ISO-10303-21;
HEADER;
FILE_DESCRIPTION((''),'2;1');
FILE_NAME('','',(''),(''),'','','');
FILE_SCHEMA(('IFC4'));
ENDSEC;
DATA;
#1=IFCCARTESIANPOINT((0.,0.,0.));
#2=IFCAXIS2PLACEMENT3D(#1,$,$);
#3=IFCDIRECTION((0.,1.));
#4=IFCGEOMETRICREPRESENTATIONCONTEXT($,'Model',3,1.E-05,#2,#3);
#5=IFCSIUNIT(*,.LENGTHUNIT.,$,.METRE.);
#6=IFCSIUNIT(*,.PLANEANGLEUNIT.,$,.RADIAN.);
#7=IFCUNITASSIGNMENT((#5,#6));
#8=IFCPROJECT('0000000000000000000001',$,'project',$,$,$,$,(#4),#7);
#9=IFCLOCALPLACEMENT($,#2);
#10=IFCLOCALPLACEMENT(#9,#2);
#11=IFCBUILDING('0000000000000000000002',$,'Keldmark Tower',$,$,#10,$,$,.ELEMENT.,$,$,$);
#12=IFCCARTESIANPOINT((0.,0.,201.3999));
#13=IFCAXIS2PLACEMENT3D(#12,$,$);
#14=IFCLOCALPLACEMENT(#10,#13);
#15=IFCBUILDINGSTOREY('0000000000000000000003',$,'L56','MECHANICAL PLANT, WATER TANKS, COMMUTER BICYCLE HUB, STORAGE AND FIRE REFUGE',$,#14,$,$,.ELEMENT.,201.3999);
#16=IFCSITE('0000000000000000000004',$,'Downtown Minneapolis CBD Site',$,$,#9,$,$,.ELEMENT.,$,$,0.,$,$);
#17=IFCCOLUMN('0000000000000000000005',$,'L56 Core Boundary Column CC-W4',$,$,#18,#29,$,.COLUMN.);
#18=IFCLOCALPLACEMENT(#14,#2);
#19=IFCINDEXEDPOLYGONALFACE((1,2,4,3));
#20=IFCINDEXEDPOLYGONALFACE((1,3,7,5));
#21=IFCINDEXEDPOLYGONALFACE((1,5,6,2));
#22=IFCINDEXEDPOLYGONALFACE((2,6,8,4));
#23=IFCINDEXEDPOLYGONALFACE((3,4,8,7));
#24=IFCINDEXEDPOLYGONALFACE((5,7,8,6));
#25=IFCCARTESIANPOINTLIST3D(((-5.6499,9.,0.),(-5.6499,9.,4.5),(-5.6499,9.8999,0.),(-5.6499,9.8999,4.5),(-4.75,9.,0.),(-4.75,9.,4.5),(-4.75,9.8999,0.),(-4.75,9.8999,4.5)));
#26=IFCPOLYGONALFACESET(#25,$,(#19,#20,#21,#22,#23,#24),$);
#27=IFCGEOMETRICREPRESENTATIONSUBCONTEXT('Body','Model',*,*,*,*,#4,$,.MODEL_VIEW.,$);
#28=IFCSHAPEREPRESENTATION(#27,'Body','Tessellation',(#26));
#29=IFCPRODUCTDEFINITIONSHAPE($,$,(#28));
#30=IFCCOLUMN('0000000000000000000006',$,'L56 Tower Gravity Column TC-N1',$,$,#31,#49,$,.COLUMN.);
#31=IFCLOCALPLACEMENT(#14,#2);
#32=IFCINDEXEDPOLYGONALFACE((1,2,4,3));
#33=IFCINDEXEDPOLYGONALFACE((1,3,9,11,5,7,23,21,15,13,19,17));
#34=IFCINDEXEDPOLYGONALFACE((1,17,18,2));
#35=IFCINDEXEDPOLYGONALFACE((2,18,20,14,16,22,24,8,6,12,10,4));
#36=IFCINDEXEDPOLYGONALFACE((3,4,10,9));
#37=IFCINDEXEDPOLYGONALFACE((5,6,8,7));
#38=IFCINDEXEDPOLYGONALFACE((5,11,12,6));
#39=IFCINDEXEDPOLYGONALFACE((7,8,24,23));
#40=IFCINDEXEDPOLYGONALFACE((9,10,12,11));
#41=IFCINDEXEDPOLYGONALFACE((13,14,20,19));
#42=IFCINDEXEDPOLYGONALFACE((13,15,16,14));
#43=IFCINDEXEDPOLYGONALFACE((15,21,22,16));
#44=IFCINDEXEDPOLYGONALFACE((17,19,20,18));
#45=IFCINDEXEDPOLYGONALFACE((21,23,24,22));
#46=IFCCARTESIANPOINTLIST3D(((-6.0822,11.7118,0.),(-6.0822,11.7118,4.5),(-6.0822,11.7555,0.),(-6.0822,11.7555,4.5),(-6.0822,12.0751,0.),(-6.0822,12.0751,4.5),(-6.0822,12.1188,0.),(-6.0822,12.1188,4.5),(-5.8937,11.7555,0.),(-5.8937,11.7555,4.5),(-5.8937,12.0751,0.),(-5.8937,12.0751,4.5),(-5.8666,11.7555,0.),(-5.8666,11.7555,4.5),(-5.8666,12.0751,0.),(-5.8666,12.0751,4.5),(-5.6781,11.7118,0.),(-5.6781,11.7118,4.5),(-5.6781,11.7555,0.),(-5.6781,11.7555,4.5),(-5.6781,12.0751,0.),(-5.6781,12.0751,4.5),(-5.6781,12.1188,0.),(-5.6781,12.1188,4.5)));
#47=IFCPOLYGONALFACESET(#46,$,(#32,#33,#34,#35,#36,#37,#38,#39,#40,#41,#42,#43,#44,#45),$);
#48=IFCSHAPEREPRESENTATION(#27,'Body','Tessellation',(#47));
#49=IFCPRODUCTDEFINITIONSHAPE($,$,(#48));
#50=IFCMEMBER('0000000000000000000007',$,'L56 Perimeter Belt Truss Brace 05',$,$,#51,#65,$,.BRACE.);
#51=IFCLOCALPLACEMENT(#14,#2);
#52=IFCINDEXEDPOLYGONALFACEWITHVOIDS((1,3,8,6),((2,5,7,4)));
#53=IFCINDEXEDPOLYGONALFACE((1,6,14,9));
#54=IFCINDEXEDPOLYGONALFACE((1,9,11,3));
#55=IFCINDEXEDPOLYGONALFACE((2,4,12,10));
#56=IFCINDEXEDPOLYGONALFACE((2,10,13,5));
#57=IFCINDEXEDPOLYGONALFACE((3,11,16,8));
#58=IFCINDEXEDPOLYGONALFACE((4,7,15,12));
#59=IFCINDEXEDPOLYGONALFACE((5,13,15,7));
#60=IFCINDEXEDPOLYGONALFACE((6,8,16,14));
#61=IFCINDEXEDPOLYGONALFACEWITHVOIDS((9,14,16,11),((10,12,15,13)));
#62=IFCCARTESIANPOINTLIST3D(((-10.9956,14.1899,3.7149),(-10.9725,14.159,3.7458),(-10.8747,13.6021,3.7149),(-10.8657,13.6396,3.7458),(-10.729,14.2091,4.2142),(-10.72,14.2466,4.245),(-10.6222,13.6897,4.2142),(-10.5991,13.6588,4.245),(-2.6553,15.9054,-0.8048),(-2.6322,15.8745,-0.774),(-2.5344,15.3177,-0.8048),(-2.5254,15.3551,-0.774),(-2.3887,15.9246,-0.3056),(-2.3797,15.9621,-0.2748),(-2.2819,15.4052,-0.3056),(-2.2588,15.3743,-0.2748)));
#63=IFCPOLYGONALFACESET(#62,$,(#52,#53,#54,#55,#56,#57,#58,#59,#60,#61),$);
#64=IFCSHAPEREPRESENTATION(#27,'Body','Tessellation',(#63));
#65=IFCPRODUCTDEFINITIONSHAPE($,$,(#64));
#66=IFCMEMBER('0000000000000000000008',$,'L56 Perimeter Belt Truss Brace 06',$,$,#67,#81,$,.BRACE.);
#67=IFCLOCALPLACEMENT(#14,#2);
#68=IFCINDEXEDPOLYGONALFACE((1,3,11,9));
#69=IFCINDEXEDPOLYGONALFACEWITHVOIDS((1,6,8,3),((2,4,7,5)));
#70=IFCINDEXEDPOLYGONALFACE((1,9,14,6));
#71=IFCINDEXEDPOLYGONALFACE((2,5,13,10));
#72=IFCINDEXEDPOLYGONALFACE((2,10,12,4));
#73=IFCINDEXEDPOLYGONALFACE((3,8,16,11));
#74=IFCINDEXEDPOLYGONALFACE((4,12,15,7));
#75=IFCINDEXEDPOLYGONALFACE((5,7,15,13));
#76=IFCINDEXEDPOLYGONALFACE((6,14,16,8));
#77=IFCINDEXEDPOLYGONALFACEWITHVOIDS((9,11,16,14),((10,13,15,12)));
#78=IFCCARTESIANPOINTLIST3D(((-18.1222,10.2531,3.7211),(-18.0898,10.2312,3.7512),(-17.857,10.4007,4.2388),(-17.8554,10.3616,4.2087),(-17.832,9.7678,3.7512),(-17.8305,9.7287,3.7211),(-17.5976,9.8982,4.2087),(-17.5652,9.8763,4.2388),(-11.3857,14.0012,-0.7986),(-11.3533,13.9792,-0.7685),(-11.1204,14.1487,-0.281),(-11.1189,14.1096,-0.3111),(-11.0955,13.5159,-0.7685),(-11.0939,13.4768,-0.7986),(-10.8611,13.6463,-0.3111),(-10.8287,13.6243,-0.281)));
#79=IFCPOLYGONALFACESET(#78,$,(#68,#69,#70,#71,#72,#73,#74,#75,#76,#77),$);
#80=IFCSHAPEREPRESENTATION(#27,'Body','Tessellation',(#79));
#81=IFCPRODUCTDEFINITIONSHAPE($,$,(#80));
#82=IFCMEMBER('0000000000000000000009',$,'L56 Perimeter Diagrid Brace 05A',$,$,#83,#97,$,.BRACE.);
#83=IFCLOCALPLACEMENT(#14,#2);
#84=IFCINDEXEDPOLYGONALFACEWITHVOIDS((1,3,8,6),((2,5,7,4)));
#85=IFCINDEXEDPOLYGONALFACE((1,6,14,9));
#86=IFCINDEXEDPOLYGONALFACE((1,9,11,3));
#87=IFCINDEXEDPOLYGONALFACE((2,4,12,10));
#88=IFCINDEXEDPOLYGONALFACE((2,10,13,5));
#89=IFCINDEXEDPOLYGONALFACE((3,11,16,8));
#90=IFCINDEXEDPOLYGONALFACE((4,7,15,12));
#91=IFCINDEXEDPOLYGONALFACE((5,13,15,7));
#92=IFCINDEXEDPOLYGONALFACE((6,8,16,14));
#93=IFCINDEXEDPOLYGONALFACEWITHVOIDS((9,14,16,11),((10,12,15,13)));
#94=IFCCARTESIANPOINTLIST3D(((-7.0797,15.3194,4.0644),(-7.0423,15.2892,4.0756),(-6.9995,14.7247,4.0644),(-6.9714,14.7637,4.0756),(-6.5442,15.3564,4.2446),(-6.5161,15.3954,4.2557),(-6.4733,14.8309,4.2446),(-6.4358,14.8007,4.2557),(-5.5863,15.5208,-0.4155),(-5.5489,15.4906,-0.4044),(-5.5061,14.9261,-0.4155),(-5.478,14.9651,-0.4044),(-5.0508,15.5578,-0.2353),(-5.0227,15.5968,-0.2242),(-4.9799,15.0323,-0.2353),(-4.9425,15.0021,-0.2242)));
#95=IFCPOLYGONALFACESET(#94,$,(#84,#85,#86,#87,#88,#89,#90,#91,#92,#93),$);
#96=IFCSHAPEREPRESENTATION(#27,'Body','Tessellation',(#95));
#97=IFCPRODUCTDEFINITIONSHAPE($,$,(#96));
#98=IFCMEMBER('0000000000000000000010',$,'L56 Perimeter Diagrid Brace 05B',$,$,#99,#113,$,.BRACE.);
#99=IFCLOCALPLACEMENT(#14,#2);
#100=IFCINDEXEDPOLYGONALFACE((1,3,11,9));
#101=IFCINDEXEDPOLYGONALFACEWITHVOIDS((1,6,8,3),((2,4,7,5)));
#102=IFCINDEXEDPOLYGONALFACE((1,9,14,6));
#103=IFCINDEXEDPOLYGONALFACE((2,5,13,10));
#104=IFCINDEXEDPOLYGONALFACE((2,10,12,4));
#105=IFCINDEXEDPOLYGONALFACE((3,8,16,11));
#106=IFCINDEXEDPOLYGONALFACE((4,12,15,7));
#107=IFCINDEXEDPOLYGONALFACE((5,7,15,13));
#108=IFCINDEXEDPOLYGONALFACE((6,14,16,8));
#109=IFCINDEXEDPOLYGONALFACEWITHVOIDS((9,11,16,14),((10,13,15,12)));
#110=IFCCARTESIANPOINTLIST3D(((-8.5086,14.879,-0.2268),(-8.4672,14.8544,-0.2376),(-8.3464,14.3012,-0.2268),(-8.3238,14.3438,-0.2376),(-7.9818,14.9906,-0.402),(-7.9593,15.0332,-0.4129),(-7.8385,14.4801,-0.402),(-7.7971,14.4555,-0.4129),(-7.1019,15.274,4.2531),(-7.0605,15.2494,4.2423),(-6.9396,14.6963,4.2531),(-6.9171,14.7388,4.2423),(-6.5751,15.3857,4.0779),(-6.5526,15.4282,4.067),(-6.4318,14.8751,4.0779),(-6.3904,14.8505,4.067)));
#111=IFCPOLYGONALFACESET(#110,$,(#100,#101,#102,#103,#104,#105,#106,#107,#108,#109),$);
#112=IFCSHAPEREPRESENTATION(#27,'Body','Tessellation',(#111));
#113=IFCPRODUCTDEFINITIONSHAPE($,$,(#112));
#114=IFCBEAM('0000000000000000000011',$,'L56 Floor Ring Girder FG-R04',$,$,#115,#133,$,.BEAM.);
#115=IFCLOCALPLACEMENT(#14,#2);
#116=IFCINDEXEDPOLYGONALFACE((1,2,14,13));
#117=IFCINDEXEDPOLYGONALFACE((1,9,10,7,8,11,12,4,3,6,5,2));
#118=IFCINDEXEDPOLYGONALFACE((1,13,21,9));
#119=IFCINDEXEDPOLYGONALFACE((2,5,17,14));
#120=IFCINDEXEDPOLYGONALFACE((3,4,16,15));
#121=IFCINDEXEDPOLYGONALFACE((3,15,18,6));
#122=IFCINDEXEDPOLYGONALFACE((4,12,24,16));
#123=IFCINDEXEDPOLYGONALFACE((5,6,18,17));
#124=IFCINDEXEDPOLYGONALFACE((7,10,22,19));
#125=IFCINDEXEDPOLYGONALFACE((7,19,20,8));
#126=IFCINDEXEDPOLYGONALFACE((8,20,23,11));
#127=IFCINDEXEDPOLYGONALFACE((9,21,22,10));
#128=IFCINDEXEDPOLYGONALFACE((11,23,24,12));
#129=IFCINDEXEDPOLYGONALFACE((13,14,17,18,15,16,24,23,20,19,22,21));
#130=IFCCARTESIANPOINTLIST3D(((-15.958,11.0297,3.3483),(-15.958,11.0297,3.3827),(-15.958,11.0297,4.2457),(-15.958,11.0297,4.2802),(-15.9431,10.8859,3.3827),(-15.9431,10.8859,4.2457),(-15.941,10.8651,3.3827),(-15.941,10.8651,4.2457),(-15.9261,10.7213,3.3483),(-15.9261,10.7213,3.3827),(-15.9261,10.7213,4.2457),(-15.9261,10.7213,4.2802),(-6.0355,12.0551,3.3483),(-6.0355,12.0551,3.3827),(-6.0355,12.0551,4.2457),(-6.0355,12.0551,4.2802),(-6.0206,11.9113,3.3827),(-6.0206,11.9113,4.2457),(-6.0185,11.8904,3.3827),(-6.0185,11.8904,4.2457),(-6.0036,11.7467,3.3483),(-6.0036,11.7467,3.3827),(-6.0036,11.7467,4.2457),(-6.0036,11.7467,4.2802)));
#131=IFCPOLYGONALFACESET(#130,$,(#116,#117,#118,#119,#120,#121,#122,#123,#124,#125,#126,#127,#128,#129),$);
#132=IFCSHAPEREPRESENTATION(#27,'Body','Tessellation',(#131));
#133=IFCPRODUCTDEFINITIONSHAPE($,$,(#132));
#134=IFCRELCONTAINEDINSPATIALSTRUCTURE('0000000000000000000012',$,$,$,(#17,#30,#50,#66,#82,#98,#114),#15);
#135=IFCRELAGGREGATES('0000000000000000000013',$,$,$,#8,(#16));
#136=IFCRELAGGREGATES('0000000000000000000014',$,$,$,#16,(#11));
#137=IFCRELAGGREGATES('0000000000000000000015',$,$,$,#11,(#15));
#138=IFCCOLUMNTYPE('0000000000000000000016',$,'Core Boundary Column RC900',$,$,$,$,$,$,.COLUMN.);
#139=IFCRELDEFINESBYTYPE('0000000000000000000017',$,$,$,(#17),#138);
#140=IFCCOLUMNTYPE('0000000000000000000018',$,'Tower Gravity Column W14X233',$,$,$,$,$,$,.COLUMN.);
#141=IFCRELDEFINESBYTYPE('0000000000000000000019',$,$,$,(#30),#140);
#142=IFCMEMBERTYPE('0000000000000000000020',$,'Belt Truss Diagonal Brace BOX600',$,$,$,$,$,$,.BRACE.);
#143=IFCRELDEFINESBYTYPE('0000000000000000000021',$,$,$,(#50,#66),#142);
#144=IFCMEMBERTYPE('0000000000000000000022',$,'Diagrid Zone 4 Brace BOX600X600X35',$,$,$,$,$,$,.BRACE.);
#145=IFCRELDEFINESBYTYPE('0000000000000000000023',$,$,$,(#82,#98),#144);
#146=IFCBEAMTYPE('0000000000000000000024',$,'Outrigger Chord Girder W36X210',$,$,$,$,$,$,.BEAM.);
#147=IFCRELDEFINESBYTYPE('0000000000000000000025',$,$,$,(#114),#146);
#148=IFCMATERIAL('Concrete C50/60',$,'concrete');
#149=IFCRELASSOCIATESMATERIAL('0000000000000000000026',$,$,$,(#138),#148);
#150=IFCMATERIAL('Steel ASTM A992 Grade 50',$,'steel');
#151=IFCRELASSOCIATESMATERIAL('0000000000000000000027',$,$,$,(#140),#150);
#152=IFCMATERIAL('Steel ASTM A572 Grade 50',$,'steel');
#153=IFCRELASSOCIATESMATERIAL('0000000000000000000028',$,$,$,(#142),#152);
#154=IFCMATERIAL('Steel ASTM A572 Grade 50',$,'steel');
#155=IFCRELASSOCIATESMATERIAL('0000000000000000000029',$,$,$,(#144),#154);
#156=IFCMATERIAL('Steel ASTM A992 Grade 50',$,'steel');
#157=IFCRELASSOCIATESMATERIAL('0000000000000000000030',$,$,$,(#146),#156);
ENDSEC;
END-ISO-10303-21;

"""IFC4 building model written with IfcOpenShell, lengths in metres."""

from ifc_helpers import new_model, si_unit, direction, frame, origin, origin_2d, place, context, subcontext, project, spatial, rectangle, hollow_rectangle, i_section, extrude, material, material_profile, profile_set, type_object, element, save


model = new_model("IFC4")

# Units and contexts
model_context = context("Model", 3, precision=1e-05, world=origin(), true_north=direction((0.0, 1.0)))
body_context = subcontext(model_context, "Body", "Model", "MODEL_VIEW")
ifc_project = project(units=[si_unit("LENGTHUNIT", "METRE"), si_unit("PLANEANGLEUNIT", "RADIAN")], contexts=[model_context])

# Site, building, storey
site_placement = place(None, origin())
site = spatial("IfcSite", under=ifc_project, at=site_placement, Name="Downtown Minneapolis CBD Site", CompositionType="ELEMENT", RefElevation=0.0)
building_placement = place(site_placement, origin())
building = spatial("IfcBuilding", under=site, at=building_placement, Name="Keldmark Tower", CompositionType="ELEMENT")
storey_placement = place(building_placement, frame((0.0, 0.0, 201.3999)))
storey = spatial("IfcBuildingStorey", under=building, at=storey_placement, Name="L56", Description="MECHANICAL PLANT, WATER TANKS, COMMUTER BICYCLE HUB, STORAGE AND FIRE REFUGE", CompositionType="ELEMENT", Elevation=201.3999)

# Columns
ifc_material_1 = material(Name="Concrete C50/60", Category="concrete")
ifc_material_profile_1 = material_profile(ifc_material_1, rectangle(XDim=0.8999, YDim=0.8999, at=origin_2d()), Name="RC900X900")
ifc_profile_set_1 = profile_set([ifc_material_profile_1], Name="Concrete C50/60")
column_type_1 = type_object("IfcColumnType", Name="Core Boundary Column RC900", PredefinedType="COLUMN", material=ifc_profile_set_1)
column_1_placement = place(storey_placement, frame((-5.2, 9.45, 0.0), z_axis=(0.0, 0.0, 1.0), x_axis=(1.0, 0.0, 0.0)))
element("IfcColumn", 1, at=column_1_placement, inside=storey, type_object=column_type_1, Name="L56 Core Boundary Column CC-W4", PredefinedType="COLUMN", context=body_context, shape_type="SweptSolid", body=[
    extrude(rectangle(XDim=0.8999, YDim=0.8999, at=origin_2d()), origin(), (0.0, 0.0, 1.0), 4.5),
])
ifc_material_2 = material(Name="Steel ASTM A992 Grade 50", Category="steel")
ifc_material_profile_2 = material_profile(ifc_material_2, i_section(OverallWidth=0.4041, OverallDepth=0.407, WebThickness=0.0271, FlangeThickness=0.0437, at=origin_2d()), Name="W14X233")
ifc_profile_set_2 = profile_set([ifc_material_profile_2], Name="Steel ASTM A992 Grade 50")
column_type_2 = type_object("IfcColumnType", Name="Tower Gravity Column W14X233", PredefinedType="COLUMN", material=ifc_profile_set_2)
column_2_placement = place(storey_placement, frame((-5.8801, 11.9153, 0.0), z_axis=(0.0, 0.0, 1.0), x_axis=(1.0, 0.0, 0.0)))
element("IfcColumn", 2, at=column_2_placement, inside=storey, type_object=column_type_2, Name="L56 Tower Gravity Column TC-N1", PredefinedType="COLUMN", context=body_context, shape_type="SweptSolid", body=[
    extrude(i_section(OverallWidth=0.4041, OverallDepth=0.407, WebThickness=0.0271, FlangeThickness=0.0437, at=origin_2d()), origin(), (0.0, 0.0, 1.0), 4.5),
])

# Members
ifc_material_3 = material(Name="Steel ASTM A572 Grade 50", Category="steel")
ifc_material_profile_3 = material_profile(ifc_material_3, hollow_rectangle(XDim=0.6001, YDim=0.6001, WallThickness=0.0349, at=origin_2d()), Name="BOX600X600X35")
ifc_profile_set_3 = profile_set([ifc_material_profile_3], Name="Steel ASTM A572 Grade 50")
member_type_1 = type_object("IfcMemberType", Name="Belt Truss Diagonal Brace BOX600", PredefinedType="BRACE", material=ifc_profile_set_3)
member_1_placement = place(storey_placement, frame((-2.457, 15.6399, -0.5398), z_axis=(-0.865165, -0.177961, 0.468849), x_axis=(0.201478, -0.979493, 0.0)))
element("IfcMember", 3, at=member_1_placement, inside=storey, type_object=member_type_1, Name="L56 Perimeter Belt Truss Brace 05", PredefinedType="BRACE", context=body_context, shape_type="SweptSolid", body=[
    extrude(hollow_rectangle(XDim=0.6001, YDim=0.6001, WallThickness=0.0349, at=origin_2d()), origin(), (0.0, 0.0, 1.0), 9.6401),
])
member_2_placement = place(storey_placement, frame((-11.1072, 13.8127, -0.5398), z_axis=(-0.753843, -0.419418, 0.505776), x_axis=(0.486189, -0.873854, 0.0)))
element("IfcMember", 4, at=member_2_placement, inside=storey, type_object=member_type_1, Name="L56 Perimeter Belt Truss Brace 06", PredefinedType="BRACE", context=body_context, shape_type="SweptSolid", body=[
    extrude(hollow_rectangle(XDim=0.6001, YDim=0.6001, WallThickness=0.0349, at=origin_2d()), origin(), (0.0, 0.0, 1.0), 8.9363),
])
ifc_material_4 = material(Name="Steel ASTM A572 Grade 50", Category="steel")
ifc_material_profile_4 = material_profile(ifc_material_4, hollow_rectangle(XDim=0.6001, YDim=0.6001, WallThickness=0.0349, at=origin_2d()), Name="BOX600X600X35")
ifc_profile_set_4 = profile_set([ifc_material_profile_4], Name="Steel ASTM A572 Grade 50")
member_type_2 = type_object("IfcMemberType", Name="Diagrid Zone 4 Brace BOX600X600X35", PredefinedType="BRACE", material=ifc_profile_set_4)
member_3_placement = place(storey_placement, frame((-5.2644, 15.2615, -0.3198), z_axis=(-0.315956, -0.042613, 0.947816), x_axis=(0.13366, -0.991027, 0.0)))
element("IfcMember", 5, at=member_3_placement, inside=storey, type_object=member_type_2, Name="L56 Perimeter Diagrid Brace 05A", PredefinedType="BRACE", context=body_context, shape_type="SweptSolid", body=[
    extrude(hollow_rectangle(XDim=0.6001, YDim=0.6001, WallThickness=0.0349, at=origin_2d()), origin(), (0.0, 0.0, 1.0), 4.7266),
])
member_4_placement = place(storey_placement, frame((-8.1528, 14.6672, -0.3198), z_axis=(0.298529, 0.083828, 0.950712), x_axis=(-0.270349, 0.962762, 0.0)))
element("IfcMember", 6, at=member_4_placement, inside=storey, type_object=member_type_2, Name="L56 Perimeter Diagrid Brace 05B", PredefinedType="BRACE", context=body_context, shape_type="SweptSolid", body=[
    extrude(hollow_rectangle(XDim=0.6001, YDim=0.6001, WallThickness=0.0349, at=origin_2d()), origin(), (0.0, 0.0, 1.0), 4.7122),
])

# Beam
ifc_material_5 = material(Name="Steel ASTM A992 Grade 50", Category="steel")
ifc_material_profile_5 = material_profile(ifc_material_5, i_section(OverallWidth=0.3101, OverallDepth=0.9319, WebThickness=0.021, FlangeThickness=0.0344, at=origin_2d()), Name="W36X210")
ifc_profile_set_5 = profile_set([ifc_material_profile_5], Name="Steel ASTM A992 Grade 50")
beam_type_1 = type_object("IfcBeamType", Name="Outrigger Chord Girder W36X210", PredefinedType="BEAM", material=ifc_profile_set_5)
beam_1_placement = place(storey_placement, frame((-6.0195, 11.9009, 3.8142), z_axis=(-0.994703, -0.102791, 0.0), x_axis=(0.102791, -0.994703, 0.0)))
element("IfcBeam", 7, at=beam_1_placement, inside=storey, type_object=beam_type_1, Name="L56 Floor Ring Girder FG-R04", PredefinedType="BEAM", context=body_context, shape_type="SweptSolid", body=[
    extrude(i_section(OverallWidth=0.3101, OverallDepth=0.9319, WebThickness=0.021, FlangeThickness=0.0344, at=origin_2d()), origin(), (0.0, 0.0, 1.0), 9.9753),
])

save(model, "model.ifc")
